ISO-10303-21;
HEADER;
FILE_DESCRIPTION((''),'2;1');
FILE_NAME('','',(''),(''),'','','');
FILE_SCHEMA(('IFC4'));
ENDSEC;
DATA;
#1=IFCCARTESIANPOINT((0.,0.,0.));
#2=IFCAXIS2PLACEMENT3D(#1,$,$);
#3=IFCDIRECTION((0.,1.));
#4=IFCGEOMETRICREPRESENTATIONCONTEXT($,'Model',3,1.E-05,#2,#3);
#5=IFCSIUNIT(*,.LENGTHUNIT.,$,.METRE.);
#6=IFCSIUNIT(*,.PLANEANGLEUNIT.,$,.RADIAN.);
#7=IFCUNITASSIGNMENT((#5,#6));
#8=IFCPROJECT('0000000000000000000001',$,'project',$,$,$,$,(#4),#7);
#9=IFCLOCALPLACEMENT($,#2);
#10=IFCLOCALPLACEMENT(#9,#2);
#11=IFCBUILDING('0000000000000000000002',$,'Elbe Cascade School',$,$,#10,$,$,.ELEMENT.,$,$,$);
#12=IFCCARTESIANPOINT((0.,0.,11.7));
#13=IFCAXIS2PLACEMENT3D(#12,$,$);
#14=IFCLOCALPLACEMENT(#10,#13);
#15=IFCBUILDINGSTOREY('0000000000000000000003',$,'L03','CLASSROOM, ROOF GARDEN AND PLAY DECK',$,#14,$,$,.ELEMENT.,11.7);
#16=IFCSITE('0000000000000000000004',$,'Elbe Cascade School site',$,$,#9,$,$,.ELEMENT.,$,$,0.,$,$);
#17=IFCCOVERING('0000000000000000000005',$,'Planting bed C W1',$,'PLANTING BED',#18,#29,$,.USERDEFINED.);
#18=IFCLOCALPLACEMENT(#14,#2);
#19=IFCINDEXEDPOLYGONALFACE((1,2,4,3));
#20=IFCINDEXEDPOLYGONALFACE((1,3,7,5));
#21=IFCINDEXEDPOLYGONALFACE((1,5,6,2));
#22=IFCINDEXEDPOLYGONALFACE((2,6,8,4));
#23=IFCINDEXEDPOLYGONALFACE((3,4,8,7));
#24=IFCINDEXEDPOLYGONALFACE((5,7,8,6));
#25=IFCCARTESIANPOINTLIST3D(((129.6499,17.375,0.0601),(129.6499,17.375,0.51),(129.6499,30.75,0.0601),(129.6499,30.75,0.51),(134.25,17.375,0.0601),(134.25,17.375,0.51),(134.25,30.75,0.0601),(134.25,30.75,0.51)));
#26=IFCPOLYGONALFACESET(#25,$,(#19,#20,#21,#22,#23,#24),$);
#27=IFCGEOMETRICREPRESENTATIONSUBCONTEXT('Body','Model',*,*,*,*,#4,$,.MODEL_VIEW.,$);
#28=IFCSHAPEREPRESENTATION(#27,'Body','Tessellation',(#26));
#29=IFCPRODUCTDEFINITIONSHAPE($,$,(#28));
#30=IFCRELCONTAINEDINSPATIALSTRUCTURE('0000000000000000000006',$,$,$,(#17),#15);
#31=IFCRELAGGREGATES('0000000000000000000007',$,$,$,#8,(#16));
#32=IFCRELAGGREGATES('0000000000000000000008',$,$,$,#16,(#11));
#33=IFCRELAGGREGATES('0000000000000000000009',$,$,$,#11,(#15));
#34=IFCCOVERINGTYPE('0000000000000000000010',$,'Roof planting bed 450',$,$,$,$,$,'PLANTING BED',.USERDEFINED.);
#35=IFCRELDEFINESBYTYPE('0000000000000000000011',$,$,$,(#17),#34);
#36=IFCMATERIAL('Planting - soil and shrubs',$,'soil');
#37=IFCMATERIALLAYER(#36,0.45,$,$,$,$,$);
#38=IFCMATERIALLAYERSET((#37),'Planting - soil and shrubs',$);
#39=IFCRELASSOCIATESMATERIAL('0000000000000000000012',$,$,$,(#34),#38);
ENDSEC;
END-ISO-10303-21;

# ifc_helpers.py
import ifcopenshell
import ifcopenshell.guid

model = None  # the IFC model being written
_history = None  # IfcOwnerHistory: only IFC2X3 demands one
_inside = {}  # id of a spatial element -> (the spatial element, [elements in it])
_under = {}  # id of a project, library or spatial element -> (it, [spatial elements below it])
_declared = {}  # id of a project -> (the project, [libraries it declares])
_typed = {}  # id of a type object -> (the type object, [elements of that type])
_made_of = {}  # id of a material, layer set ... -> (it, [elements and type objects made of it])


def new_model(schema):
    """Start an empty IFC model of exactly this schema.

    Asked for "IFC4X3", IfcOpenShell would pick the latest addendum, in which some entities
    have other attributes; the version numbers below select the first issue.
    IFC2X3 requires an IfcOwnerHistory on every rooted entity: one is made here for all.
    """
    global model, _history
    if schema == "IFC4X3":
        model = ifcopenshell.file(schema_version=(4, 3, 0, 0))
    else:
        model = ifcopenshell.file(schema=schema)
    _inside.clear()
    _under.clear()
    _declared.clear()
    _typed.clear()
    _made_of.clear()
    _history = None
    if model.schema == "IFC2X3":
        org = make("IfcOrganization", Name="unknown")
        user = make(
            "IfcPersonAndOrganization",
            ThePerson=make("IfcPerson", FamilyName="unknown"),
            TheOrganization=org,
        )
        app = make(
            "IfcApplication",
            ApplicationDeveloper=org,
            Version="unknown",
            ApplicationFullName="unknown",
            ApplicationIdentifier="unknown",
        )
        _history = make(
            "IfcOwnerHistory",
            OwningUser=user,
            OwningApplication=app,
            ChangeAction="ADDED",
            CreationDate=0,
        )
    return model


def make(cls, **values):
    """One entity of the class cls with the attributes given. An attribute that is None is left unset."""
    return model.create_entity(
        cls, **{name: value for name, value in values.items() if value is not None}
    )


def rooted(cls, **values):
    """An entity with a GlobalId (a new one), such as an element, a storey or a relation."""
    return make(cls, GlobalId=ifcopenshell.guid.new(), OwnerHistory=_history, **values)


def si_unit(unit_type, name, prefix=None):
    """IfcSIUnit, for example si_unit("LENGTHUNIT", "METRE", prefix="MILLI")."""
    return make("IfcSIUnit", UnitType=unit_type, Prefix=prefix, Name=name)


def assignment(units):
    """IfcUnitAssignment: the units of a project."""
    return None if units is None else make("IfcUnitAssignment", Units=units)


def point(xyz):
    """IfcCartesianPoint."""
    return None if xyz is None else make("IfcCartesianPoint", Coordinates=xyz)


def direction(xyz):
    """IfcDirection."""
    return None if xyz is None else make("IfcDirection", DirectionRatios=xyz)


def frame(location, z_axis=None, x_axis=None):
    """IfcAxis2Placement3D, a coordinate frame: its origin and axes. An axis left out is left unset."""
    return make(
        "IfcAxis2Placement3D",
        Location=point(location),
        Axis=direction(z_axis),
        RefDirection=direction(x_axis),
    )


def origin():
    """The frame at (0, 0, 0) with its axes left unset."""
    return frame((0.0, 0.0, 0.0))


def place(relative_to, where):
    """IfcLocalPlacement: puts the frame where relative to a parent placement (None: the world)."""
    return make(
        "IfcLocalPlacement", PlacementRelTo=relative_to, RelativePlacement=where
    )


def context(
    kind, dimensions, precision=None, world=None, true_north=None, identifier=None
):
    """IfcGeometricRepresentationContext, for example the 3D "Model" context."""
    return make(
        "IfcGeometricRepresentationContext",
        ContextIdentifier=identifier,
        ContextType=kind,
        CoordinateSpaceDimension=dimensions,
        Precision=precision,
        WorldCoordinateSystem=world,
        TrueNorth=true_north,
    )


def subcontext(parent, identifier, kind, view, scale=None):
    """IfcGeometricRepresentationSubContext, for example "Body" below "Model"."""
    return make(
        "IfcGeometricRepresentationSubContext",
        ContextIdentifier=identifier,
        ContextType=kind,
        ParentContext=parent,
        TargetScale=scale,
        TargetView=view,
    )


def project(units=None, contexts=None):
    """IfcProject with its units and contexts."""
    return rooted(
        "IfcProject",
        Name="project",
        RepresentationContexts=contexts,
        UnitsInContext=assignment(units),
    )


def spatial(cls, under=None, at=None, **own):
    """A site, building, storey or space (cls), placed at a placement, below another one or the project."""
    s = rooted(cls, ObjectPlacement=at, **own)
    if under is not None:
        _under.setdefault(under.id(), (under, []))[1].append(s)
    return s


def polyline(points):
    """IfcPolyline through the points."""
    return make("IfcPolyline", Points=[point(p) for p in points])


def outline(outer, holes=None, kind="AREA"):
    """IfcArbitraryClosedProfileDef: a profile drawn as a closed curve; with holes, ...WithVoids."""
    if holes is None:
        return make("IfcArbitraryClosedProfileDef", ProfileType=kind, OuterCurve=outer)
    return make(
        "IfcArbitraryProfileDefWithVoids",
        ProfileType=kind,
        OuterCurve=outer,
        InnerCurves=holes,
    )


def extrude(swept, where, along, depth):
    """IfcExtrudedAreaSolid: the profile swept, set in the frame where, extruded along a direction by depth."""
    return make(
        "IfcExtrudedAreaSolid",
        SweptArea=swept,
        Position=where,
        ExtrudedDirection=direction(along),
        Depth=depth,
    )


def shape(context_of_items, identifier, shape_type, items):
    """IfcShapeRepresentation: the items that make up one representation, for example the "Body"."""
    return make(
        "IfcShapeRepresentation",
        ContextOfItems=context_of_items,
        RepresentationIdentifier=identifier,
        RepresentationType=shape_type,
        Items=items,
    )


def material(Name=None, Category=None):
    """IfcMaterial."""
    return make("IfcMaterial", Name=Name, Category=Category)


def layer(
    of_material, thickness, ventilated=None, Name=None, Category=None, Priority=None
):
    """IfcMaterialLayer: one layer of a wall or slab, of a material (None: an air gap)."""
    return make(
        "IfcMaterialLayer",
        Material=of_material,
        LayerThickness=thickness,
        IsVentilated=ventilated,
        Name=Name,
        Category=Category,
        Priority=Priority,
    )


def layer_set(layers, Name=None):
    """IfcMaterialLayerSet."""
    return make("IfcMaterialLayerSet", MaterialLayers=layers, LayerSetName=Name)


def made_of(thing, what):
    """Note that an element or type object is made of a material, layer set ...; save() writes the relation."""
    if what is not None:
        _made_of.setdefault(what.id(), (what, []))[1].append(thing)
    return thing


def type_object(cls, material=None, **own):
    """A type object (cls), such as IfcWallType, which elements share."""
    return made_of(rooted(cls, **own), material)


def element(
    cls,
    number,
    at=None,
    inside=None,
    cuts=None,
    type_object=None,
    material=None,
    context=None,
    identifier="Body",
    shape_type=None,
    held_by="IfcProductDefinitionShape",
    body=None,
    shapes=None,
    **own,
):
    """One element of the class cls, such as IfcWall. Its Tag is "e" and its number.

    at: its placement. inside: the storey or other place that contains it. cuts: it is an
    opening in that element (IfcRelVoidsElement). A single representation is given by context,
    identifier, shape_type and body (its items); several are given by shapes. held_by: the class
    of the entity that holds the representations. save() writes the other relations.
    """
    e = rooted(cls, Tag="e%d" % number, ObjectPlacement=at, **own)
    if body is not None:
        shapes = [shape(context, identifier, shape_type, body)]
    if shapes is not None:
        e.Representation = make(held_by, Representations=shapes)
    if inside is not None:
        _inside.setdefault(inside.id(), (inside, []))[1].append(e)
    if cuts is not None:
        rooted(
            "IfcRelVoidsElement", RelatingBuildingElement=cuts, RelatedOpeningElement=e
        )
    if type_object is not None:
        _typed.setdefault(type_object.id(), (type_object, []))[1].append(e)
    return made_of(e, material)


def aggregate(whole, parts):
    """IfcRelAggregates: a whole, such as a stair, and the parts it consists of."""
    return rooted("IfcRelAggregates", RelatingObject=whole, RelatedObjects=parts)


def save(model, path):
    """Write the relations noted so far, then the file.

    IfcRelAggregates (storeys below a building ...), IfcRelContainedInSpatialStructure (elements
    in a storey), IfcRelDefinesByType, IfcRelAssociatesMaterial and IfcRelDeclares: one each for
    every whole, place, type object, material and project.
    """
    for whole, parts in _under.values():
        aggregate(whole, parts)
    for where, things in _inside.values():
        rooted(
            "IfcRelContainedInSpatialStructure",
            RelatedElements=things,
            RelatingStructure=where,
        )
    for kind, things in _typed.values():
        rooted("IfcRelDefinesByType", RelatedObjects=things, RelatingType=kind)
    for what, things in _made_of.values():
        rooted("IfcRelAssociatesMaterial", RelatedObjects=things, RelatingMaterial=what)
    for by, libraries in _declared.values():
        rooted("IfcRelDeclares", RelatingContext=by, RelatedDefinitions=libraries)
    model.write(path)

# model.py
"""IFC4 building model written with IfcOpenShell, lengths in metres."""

from ifc_helpers import new_model, si_unit, direction, frame, origin, place, context, subcontext, project, spatial, polyline, outline, extrude, material, layer, layer_set, type_object, element, save


model = new_model("IFC4")

# Units and contexts
model_context = context("Model", 3, precision=1e-05, world=origin(), true_north=direction((0.0, 1.0)))
body_context = subcontext(model_context, "Body", "Model", "MODEL_VIEW")
ifc_project = project(units=[si_unit("LENGTHUNIT", "METRE"), si_unit("PLANEANGLEUNIT", "RADIAN")], contexts=[model_context])

# Site, building, storey
site_placement = place(None, origin())
site = spatial("IfcSite", under=ifc_project, at=site_placement, Name="Elbe Cascade School site", CompositionType="ELEMENT", RefElevation=0.0)
building_placement = place(site_placement, origin())
building = spatial("IfcBuilding", under=site, at=building_placement, Name="Elbe Cascade School", CompositionType="ELEMENT")
storey_placement = place(building_placement, frame((0.0, 0.0, 11.7)))
storey = spatial("IfcBuildingStorey", under=building, at=storey_placement, Name="L03", Description="CLASSROOM, ROOF GARDEN AND PLAY DECK", CompositionType="ELEMENT", Elevation=11.7)

# Covering
ifc_material_1 = material(Name="Planting - soil and shrubs", Category="soil")
ifc_layer_1 = layer(ifc_material_1, 0.45)
ifc_layer_set_1 = layer_set([ifc_layer_1], Name="Planting - soil and shrubs")
covering_type_1 = type_object("IfcCoveringType", Name="Roof planting bed 450", ElementType="PLANTING BED", PredefinedType="USERDEFINED", material=ifc_layer_set_1)
covering_1_placement = place(storey_placement, frame((0.0, 0.0, 0.0601)))
element("IfcCovering", 1, at=covering_1_placement, inside=storey, type_object=covering_type_1, Name="Planting bed C W1", ObjectType="PLANTING BED", PredefinedType="USERDEFINED", context=body_context, shape_type="SweptSolid", body=[
    extrude(outline(polyline([(134.25, 17.375), (129.6499, 17.375), (129.6499, 30.75), (134.25, 30.75), (134.25, 17.375)])), origin(), (0.0, 0.0, 1.0), 0.45),
])

save(model, "model.ifc")
